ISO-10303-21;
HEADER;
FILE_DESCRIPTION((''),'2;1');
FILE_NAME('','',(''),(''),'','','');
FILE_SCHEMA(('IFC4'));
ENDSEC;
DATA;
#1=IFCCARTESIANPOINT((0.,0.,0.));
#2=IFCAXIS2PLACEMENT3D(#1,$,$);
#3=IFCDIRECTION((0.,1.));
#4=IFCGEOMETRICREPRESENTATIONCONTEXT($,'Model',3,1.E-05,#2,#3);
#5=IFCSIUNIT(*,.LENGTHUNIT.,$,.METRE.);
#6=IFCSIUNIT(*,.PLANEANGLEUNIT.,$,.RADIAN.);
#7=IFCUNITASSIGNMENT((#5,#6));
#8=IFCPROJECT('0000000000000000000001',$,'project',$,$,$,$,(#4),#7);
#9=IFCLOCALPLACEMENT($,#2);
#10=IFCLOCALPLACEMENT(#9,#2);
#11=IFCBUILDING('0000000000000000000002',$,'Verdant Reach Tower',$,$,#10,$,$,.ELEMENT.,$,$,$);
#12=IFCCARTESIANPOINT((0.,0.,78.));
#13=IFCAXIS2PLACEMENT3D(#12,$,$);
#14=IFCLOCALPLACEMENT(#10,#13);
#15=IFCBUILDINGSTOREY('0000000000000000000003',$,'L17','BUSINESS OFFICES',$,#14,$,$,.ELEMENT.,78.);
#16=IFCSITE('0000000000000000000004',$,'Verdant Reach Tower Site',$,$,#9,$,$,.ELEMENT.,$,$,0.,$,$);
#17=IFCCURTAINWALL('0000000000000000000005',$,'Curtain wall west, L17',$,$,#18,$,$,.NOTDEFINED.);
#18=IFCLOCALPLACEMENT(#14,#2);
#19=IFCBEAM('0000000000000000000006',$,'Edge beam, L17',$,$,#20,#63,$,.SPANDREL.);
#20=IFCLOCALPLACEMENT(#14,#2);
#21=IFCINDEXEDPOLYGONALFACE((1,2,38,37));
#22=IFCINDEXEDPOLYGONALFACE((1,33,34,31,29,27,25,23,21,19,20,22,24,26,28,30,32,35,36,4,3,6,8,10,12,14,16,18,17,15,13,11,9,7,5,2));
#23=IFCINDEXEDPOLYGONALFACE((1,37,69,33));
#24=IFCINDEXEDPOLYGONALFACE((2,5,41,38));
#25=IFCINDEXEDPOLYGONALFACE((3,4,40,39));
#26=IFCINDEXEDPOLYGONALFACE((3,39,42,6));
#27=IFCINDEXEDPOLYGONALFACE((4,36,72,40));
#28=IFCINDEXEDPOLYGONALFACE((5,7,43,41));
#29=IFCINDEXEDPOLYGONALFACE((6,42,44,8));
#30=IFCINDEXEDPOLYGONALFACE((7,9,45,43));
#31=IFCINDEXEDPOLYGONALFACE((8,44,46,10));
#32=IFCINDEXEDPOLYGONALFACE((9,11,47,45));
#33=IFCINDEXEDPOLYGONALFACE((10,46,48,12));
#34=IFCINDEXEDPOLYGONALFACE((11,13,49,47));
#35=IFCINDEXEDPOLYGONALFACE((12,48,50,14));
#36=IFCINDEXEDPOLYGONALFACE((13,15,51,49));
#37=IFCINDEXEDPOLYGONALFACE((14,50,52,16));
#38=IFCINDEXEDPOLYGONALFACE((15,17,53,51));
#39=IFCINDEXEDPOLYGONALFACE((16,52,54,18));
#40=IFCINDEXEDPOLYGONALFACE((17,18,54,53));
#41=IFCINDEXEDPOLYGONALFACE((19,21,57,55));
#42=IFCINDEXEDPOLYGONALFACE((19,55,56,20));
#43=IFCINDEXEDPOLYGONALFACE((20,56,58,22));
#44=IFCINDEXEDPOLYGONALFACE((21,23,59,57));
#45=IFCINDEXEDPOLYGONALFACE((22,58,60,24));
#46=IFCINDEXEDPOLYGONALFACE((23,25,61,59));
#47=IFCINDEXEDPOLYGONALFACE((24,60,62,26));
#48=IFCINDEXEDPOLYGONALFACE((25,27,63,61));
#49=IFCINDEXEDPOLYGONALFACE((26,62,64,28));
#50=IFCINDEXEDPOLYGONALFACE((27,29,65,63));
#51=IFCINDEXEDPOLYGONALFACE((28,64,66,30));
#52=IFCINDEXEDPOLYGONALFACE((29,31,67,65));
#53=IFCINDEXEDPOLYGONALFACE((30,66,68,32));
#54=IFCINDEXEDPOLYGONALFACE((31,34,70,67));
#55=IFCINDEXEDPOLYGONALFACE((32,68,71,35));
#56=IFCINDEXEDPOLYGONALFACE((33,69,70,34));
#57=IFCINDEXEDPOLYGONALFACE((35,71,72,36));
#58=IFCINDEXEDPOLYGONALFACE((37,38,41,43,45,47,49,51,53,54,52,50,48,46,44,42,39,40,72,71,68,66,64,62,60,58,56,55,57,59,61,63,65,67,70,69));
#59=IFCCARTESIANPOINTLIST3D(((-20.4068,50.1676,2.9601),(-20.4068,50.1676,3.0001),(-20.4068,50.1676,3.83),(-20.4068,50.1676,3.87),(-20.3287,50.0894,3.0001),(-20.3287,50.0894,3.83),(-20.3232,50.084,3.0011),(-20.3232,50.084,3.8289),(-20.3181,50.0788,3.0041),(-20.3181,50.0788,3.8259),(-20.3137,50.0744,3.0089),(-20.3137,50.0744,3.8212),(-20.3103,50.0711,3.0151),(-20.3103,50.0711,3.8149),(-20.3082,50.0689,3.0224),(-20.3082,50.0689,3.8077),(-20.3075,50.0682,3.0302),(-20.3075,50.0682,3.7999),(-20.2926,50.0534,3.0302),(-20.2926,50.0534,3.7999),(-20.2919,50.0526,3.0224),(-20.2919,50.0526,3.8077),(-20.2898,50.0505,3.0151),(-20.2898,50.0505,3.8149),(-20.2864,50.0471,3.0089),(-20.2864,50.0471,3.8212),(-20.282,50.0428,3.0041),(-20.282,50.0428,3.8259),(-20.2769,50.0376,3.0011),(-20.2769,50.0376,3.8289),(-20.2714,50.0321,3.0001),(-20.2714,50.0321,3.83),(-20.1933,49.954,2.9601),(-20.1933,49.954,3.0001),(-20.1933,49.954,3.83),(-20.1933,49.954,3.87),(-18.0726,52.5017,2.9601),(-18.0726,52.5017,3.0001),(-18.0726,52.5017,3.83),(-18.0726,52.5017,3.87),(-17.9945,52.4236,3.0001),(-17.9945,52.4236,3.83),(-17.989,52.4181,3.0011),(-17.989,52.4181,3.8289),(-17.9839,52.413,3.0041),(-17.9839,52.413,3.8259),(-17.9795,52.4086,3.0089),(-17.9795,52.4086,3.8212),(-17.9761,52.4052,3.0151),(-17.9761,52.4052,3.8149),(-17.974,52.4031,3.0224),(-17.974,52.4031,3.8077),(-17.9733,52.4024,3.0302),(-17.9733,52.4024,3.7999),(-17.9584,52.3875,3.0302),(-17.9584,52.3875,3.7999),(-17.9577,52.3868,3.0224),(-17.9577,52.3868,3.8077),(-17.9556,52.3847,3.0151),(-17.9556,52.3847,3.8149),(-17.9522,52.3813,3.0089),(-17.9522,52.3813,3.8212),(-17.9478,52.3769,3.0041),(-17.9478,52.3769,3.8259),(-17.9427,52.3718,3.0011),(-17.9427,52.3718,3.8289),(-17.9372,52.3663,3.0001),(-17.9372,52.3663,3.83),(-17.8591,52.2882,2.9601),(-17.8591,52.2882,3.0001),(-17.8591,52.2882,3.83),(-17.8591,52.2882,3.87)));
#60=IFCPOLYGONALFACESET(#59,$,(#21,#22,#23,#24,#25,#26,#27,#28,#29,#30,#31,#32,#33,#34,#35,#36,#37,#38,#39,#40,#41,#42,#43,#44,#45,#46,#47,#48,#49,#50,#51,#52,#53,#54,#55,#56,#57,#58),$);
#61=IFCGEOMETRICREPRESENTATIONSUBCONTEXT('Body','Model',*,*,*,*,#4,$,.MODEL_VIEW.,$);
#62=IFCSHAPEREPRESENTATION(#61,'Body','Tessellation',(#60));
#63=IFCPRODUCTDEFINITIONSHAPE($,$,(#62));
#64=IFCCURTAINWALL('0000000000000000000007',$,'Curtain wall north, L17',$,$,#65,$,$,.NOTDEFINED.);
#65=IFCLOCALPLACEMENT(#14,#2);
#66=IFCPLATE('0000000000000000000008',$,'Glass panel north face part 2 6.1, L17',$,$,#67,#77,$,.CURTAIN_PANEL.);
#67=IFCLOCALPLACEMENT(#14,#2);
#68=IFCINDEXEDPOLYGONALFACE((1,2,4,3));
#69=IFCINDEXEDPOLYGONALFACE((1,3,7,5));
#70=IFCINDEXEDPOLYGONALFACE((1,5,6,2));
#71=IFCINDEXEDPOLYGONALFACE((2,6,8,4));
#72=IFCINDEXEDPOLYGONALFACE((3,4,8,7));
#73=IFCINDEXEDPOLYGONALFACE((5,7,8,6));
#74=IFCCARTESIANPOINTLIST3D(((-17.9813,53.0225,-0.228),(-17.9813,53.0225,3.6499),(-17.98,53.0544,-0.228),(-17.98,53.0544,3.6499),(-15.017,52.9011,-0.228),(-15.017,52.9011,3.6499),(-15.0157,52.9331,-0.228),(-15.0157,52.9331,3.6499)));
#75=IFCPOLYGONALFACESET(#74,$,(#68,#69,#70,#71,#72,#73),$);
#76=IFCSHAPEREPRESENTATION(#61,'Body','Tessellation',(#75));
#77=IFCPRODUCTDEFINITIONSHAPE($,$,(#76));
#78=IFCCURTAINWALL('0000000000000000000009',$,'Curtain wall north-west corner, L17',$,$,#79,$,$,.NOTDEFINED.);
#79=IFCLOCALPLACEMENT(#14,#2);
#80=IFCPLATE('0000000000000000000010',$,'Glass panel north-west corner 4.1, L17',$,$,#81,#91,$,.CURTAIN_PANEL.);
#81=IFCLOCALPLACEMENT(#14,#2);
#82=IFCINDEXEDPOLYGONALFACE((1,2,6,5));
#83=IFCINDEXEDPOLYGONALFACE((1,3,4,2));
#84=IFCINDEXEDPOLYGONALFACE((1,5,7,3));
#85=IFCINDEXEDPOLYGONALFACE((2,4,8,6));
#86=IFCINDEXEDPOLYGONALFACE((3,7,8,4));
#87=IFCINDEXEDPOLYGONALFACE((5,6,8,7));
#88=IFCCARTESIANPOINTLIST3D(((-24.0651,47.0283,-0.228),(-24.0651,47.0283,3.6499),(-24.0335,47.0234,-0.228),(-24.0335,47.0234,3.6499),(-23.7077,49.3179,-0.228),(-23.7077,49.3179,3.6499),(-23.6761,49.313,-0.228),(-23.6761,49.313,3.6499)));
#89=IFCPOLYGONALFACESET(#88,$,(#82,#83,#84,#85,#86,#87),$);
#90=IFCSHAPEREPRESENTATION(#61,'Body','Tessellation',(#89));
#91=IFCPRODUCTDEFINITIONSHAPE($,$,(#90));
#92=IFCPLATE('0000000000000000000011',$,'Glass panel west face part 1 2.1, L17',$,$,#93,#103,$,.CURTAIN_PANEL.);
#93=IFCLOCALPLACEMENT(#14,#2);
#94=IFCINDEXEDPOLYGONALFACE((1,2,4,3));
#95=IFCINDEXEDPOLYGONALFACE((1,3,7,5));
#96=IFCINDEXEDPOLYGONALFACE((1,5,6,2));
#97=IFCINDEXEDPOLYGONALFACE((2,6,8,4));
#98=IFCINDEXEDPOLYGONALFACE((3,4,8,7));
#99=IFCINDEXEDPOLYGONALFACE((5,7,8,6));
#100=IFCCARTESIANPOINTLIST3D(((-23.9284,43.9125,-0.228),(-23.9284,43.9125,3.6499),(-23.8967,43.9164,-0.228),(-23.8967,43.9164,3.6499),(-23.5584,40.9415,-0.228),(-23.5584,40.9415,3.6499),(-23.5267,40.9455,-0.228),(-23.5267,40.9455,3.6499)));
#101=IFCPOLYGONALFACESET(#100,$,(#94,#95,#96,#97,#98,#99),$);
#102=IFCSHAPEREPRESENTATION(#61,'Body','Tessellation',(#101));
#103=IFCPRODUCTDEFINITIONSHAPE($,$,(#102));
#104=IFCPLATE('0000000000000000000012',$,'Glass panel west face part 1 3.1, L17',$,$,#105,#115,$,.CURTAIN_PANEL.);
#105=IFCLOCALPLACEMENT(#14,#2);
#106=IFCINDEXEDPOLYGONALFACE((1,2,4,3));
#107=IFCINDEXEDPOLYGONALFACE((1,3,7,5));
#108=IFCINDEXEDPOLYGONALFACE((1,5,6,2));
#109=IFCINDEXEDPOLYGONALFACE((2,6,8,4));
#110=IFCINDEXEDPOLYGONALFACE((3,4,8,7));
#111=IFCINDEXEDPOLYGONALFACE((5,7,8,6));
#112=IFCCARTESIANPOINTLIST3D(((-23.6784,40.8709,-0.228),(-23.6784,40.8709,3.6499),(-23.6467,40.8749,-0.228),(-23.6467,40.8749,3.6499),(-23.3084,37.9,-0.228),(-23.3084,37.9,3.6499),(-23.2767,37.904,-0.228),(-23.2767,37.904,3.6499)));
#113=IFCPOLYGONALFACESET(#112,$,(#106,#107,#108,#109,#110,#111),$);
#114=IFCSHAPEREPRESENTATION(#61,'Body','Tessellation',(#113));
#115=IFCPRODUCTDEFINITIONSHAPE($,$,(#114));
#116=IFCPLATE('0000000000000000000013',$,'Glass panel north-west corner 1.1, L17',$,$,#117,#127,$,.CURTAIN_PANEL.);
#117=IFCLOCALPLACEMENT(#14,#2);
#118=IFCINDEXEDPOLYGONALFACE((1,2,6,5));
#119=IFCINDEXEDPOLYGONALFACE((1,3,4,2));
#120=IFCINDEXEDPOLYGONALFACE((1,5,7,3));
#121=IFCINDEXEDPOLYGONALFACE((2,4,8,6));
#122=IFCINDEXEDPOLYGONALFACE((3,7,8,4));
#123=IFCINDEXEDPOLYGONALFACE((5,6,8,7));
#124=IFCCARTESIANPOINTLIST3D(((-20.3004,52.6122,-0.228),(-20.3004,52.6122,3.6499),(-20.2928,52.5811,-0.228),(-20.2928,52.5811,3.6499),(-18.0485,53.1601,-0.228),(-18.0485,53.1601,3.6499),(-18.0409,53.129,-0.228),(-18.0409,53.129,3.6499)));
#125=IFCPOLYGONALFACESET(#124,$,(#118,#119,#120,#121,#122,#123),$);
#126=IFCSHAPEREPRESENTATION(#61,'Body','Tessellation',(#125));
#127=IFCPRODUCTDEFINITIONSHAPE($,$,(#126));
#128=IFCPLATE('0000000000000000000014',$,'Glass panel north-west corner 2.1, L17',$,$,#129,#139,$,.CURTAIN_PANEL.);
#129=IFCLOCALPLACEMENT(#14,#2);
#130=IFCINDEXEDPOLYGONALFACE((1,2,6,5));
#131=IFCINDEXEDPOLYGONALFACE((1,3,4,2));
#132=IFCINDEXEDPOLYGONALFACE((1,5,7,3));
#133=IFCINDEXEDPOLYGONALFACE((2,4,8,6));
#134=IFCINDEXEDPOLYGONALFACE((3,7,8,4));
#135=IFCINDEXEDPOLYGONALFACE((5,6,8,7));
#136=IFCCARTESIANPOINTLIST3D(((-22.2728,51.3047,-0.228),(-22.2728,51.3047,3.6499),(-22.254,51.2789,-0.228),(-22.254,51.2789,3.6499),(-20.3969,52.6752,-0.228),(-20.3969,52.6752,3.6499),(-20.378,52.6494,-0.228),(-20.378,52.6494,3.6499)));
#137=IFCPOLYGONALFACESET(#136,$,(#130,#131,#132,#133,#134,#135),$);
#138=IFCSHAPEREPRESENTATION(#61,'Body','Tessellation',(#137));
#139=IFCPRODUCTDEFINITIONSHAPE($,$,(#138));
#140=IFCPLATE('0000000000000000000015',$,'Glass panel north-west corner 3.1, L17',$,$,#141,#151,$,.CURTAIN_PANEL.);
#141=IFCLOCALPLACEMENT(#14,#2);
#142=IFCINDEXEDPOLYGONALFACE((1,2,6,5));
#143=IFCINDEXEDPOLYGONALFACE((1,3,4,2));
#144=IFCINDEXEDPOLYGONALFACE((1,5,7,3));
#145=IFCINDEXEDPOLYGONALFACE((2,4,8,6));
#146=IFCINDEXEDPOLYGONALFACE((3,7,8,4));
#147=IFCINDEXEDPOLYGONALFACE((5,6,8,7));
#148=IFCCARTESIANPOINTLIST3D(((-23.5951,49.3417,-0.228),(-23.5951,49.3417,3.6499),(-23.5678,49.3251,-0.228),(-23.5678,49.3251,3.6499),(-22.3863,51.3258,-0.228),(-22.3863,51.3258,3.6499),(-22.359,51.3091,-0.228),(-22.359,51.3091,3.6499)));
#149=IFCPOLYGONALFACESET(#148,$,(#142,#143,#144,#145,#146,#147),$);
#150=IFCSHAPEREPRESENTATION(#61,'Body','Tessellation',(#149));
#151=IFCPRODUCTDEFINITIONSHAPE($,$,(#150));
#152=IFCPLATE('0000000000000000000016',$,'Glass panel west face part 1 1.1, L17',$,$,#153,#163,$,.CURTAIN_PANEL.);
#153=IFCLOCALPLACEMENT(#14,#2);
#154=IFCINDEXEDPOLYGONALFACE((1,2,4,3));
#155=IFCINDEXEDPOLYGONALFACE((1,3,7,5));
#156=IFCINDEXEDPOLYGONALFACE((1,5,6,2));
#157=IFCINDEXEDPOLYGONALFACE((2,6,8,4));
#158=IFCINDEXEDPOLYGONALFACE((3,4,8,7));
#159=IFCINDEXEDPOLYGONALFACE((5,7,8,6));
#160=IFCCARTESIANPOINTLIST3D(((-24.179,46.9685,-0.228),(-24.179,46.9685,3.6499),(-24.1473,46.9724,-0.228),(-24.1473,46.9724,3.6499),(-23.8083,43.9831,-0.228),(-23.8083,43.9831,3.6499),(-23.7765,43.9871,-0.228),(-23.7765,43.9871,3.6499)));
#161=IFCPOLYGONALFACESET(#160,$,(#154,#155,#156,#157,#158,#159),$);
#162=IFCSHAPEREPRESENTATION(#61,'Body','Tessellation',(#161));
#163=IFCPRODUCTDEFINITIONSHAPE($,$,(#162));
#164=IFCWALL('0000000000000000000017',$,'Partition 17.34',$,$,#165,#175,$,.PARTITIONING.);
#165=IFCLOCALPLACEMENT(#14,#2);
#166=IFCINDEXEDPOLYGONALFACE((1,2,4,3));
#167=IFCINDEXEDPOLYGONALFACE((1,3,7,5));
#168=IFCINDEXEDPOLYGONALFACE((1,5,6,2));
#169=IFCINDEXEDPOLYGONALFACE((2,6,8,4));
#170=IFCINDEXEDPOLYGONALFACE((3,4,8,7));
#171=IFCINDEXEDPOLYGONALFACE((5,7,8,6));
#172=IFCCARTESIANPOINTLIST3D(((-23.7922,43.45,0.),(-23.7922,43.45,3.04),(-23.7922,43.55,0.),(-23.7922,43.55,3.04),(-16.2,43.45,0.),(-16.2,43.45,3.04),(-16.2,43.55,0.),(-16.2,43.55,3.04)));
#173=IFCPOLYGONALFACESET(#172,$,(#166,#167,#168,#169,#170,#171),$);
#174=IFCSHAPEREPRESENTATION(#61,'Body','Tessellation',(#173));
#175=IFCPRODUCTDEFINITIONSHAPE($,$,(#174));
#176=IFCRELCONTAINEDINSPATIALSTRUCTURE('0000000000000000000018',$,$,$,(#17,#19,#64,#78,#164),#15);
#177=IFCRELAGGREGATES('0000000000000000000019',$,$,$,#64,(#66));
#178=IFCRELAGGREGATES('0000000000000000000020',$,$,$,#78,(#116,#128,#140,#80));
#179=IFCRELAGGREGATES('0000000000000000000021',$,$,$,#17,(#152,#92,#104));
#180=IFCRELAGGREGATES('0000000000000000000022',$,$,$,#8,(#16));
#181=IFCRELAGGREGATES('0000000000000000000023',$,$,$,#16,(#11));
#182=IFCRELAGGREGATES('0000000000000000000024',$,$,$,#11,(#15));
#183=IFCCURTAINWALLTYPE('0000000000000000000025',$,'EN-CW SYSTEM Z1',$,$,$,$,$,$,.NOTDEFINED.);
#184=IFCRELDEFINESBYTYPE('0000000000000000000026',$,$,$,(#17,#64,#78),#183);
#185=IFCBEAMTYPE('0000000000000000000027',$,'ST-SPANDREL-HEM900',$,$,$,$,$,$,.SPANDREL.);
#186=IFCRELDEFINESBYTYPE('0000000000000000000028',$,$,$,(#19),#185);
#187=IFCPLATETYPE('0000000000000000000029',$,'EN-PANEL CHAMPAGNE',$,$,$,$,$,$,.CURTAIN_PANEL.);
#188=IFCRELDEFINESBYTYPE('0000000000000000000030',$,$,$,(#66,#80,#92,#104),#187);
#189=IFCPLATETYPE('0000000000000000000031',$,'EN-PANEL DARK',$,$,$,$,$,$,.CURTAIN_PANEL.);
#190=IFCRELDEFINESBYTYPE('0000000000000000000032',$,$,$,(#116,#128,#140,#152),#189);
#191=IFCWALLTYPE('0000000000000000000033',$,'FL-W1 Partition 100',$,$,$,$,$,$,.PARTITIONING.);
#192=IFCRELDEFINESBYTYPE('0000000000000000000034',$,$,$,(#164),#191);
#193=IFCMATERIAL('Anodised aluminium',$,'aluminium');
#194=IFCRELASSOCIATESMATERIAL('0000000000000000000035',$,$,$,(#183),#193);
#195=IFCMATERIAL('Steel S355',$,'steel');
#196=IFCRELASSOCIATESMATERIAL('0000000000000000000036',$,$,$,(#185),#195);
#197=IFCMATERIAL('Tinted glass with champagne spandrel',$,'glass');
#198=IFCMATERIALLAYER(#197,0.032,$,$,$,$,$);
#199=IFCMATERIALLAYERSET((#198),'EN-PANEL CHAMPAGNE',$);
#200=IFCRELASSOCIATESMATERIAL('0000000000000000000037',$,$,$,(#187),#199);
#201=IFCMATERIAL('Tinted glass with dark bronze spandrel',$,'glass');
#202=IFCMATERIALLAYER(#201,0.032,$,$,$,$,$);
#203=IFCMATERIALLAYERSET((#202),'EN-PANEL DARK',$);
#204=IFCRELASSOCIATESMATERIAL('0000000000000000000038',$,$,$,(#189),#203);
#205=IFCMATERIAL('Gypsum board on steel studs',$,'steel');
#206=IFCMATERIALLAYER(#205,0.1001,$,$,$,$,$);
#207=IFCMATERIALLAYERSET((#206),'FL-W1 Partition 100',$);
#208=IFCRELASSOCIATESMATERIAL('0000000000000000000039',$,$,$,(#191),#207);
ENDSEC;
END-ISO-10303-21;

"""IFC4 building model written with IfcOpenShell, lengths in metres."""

from ifc_helpers import new_model, si_unit, direction, frame, frame_2d, origin, origin_2d, place, context, subcontext, project, spatial, rectangle, i_section, extrude, material, layer, layer_set, material_profile, profile_set, type_object, element, aggregate, save


model = new_model("IFC4")

# Units and contexts
model_context = context("Model", 3, precision=1e-05, world=origin(), true_north=direction((0.0, 1.0)))
body_context = subcontext(model_context, "Body", "Model", "MODEL_VIEW")
ifc_project = project(units=[si_unit("LENGTHUNIT", "METRE"), si_unit("PLANEANGLEUNIT", "RADIAN")], contexts=[model_context])

# Site, building, storey
site_placement = place(None, origin())
site = spatial("IfcSite", under=ifc_project, at=site_placement, Name="Verdant Reach Tower Site", CompositionType="ELEMENT", RefElevation=0.0)
building_placement = place(site_placement, origin())
building = spatial("IfcBuilding", under=site, at=building_placement, Name="Verdant Reach Tower", CompositionType="ELEMENT")
storey_placement = place(building_placement, frame((0.0, 0.0, 78.0)))
storey = spatial("IfcBuildingStorey", under=building, at=storey_placement, Name="L17", Description="BUSINESS OFFICES", CompositionType="ELEMENT", Elevation=78.0)

# Curtain wall
ifc_material_1 = material(Name="Anodised aluminium", Category="aluminium")
curtain_wall_type = type_object("IfcCurtainWallType", Name="EN-CW SYSTEM Z1", PredefinedType="NOTDEFINED", material=ifc_material_1)
curtain_wall_1_placement = place(storey_placement, origin())
curtain_wall_1 = element("IfcCurtainWall", 1, at=curtain_wall_1_placement, inside=storey, type_object=curtain_wall_type, Name="Curtain wall west, L17", PredefinedType="NOTDEFINED")

# Beam
ifc_material_2 = material(Name="Steel S355", Category="steel")
ifc_material_profile_1 = material_profile(ifc_material_2, i_section(OverallWidth=0.302, OverallDepth=0.9099, WebThickness=0.021, FlangeThickness=0.04, FilletRadius=0.03, at=origin_2d()), Name="HEM 900")
ifc_profile_set_1 = profile_set([ifc_material_profile_1], Name="Steel S355")
beam_type_1 = type_object("IfcBeamType", Name="ST-SPANDREL-HEM900", PredefinedType="SPANDREL", material=ifc_profile_set_1)
beam_1_placement = place(storey_placement, frame((-20.3, 50.0608, 3.415), z_axis=(0.707107, 0.707107, 0.0), x_axis=(-0.707107, 0.707107, 0.0)))
element("IfcBeam", 2, at=beam_1_placement, inside=storey, type_object=beam_type_1, Name="Edge beam, L17", PredefinedType="SPANDREL", context=body_context, shape_type="SweptSolid", body=[
    extrude(i_section(OverallWidth=0.302, OverallDepth=0.9099, WebThickness=0.021, FlangeThickness=0.04, FilletRadius=0.03, at=origin_2d()), origin(), (0.0, 0.0, 1.0), 3.301),
])

# Curtain walls, plates
curtain_wall_2_placement = place(storey_placement, origin())
curtain_wall_2 = element("IfcCurtainWall", 3, at=curtain_wall_2_placement, inside=storey, type_object=curtain_wall_type, Name="Curtain wall north, L17", PredefinedType="NOTDEFINED")
ifc_material_3 = material(Name="Tinted glass with champagne spandrel", Category="glass")
ifc_layer_1 = layer(ifc_material_3, 0.032)
ifc_layer_set_1 = layer_set([ifc_layer_1], Name="EN-PANEL CHAMPAGNE")
plate_type_1 = type_object("IfcPlateType", Name="EN-PANEL CHAMPAGNE", PredefinedType="CURTAIN_PANEL", material=ifc_layer_set_1)
plate_1_placement = place(storey_placement, frame((-16.4985, 52.9778, -0.228), z_axis=(0.0, 0.0, 1.0), x_axis=(-0.999163, 0.04091, 0.0)))
plate_1 = element("IfcPlate", 4, at=plate_1_placement, type_object=plate_type_1, Name="Glass panel north face part 2 6.1, L17", PredefinedType="CURTAIN_PANEL", context=body_context, shape_type="SweptSolid", body=[
    extrude(rectangle(XDim=2.9668, YDim=0.032, at=origin_2d()), origin(), (0.0, 0.0, 1.0), 3.8779),
])
aggregate(curtain_wall_2, [plate_1])
curtain_wall_3_placement = place(storey_placement, origin())
curtain_wall_3 = element("IfcCurtainWall", 5, at=curtain_wall_3_placement, inside=storey, type_object=curtain_wall_type, Name="Curtain wall north-west corner, L17", PredefinedType="NOTDEFINED")
plate_2_placement = place(storey_placement, frame((-23.8706, 48.1707, -0.228), z_axis=(0.0, 0.0, 1.0), x_axis=(-0.154248, -0.988032, 0.0)))
plate_2 = element("IfcPlate", 6, at=plate_2_placement, type_object=plate_type_1, Name="Glass panel north-west corner 4.1, L17", PredefinedType="CURTAIN_PANEL", context=body_context, shape_type="SweptSolid", body=[
    extrude(rectangle(XDim=2.3174, YDim=0.032, at=origin_2d()), origin(), (0.0, 0.0, 1.0), 3.8779),
])

# Plates
plate_3_placement = place(storey_placement, frame((-23.7275, 42.429, -0.228), z_axis=(0.0, 0.0, 1.0), x_axis=(0.123579, -0.992335, 0.0)))
plate_3 = element("IfcPlate", 7, at=plate_3_placement, type_object=plate_type_1, Name="Glass panel west face part 1 2.1, L17", PredefinedType="CURTAIN_PANEL", context=body_context, shape_type="SweptSolid", body=[
    extrude(rectangle(XDim=2.9939, YDim=0.032, at=origin_2d()), origin(), (0.0, 0.0, 1.0), 3.8779),
])
plate_4_placement = place(storey_placement, frame((-23.4775, 39.3875, -0.228), z_axis=(0.0, 0.0, 1.0), x_axis=(0.123579, -0.992335, 0.0)))
plate_4 = element("IfcPlate", 8, at=plate_4_placement, type_object=plate_type_1, Name="Glass panel west face part 1 3.1, L17", PredefinedType="CURTAIN_PANEL", context=body_context, shape_type="SweptSolid", body=[
    extrude(rectangle(XDim=2.9939, YDim=0.032, at=origin_2d()), origin(), (0.0, 0.0, 1.0), 3.8779),
])
ifc_material_4 = material(Name="Tinted glass with dark bronze spandrel", Category="glass")
ifc_layer_2 = layer(ifc_material_4, 0.032)
ifc_layer_set_2 = layer_set([ifc_layer_2], Name="EN-PANEL DARK")
plate_type_2 = type_object("IfcPlateType", Name="EN-PANEL DARK", PredefinedType="CURTAIN_PANEL", material=ifc_layer_set_2)
plate_5_placement = place(storey_placement, frame((-19.1707, 52.8706, -0.228), z_axis=(0.0, 0.0, 1.0), x_axis=(-0.971661, -0.23638, 0.0)))
plate_5 = element("IfcPlate", 9, at=plate_5_placement, type_object=plate_type_2, Name="Glass panel north-west corner 1.1, L17", PredefinedType="CURTAIN_PANEL", context=body_context, shape_type="SweptSolid", body=[
    extrude(rectangle(XDim=2.3176, YDim=0.032, at=origin_2d()), origin(), (0.0, 0.0, 1.0), 3.8779),
])
plate_6_placement = place(storey_placement, frame((-21.3254, 51.9771, -0.228), z_axis=(0.0, 0.0, 1.0), x_axis=(-0.807457, -0.589927, 0.0)))
plate_6 = element("IfcPlate", 10, at=plate_6_placement, type_object=plate_type_2, Name="Glass panel north-west corner 2.1, L17", PredefinedType="CURTAIN_PANEL", context=body_context, shape_type="SweptSolid", body=[
    extrude(rectangle(XDim=2.3232, YDim=0.032, at=origin_2d()), origin(), (0.0, 0.0, 1.0), 3.8779),
])
plate_7_placement = place(storey_placement, frame((-22.9771, 50.3254, -0.228), z_axis=(0.0, 0.0, 1.0), x_axis=(-0.520292, -0.853989, 0.0)))
plate_7 = element("IfcPlate", 11, at=plate_7_placement, type_object=plate_type_2, Name="Glass panel north-west corner 3.1, L17", PredefinedType="CURTAIN_PANEL", context=body_context, shape_type="SweptSolid", body=[
    extrude(rectangle(XDim=2.3232, YDim=0.032, at=origin_2d()), origin(), (0.0, 0.0, 1.0), 3.8779),
])
aggregate(curtain_wall_3, [plate_5, plate_6, plate_7, plate_2])
plate_8_placement = place(storey_placement, frame((-23.9778, 45.4778, -0.228), z_axis=(0.0, 0.0, 1.0), x_axis=(0.123256, -0.992375, 0.0)))
plate_8 = element("IfcPlate", 12, at=plate_8_placement, type_object=plate_type_2, Name="Glass panel west face part 1 1.1, L17", PredefinedType="CURTAIN_PANEL", context=body_context, shape_type="SweptSolid", body=[
    extrude(rectangle(XDim=3.0083, YDim=0.032, at=origin_2d()), origin(), (0.0, 0.0, 1.0), 3.8779),
])
aggregate(curtain_wall_1, [plate_8, plate_3, plate_4])

# Wall
ifc_material_5 = material(Name="Gypsum board on steel studs", Category="steel")
ifc_layer_3 = layer(ifc_material_5, 0.1001)
ifc_layer_set_3 = layer_set([ifc_layer_3], Name="FL-W1 Partition 100")
wall_type_1 = type_object("IfcWallType", Name="FL-W1 Partition 100", PredefinedType="PARTITIONING", material=ifc_layer_set_3)
wall_1_placement = place(storey_placement, frame((-16.2, 43.5, 0.0), z_axis=(0.0, 0.0, 1.0), x_axis=(-1.0, 0.0, 0.0)))
element("IfcWall", 13, at=wall_1_placement, inside=storey, type_object=wall_type_1, Name="Partition 17.34", PredefinedType="PARTITIONING", context=body_context, shape_type="SweptSolid", body=[
    extrude(rectangle(XDim=7.5923, YDim=0.1001, at=frame_2d((3.7961, 0.0))), origin(), (0.0, 0.0, 1.0), 3.04),
])

save(model, "model.ifc")
